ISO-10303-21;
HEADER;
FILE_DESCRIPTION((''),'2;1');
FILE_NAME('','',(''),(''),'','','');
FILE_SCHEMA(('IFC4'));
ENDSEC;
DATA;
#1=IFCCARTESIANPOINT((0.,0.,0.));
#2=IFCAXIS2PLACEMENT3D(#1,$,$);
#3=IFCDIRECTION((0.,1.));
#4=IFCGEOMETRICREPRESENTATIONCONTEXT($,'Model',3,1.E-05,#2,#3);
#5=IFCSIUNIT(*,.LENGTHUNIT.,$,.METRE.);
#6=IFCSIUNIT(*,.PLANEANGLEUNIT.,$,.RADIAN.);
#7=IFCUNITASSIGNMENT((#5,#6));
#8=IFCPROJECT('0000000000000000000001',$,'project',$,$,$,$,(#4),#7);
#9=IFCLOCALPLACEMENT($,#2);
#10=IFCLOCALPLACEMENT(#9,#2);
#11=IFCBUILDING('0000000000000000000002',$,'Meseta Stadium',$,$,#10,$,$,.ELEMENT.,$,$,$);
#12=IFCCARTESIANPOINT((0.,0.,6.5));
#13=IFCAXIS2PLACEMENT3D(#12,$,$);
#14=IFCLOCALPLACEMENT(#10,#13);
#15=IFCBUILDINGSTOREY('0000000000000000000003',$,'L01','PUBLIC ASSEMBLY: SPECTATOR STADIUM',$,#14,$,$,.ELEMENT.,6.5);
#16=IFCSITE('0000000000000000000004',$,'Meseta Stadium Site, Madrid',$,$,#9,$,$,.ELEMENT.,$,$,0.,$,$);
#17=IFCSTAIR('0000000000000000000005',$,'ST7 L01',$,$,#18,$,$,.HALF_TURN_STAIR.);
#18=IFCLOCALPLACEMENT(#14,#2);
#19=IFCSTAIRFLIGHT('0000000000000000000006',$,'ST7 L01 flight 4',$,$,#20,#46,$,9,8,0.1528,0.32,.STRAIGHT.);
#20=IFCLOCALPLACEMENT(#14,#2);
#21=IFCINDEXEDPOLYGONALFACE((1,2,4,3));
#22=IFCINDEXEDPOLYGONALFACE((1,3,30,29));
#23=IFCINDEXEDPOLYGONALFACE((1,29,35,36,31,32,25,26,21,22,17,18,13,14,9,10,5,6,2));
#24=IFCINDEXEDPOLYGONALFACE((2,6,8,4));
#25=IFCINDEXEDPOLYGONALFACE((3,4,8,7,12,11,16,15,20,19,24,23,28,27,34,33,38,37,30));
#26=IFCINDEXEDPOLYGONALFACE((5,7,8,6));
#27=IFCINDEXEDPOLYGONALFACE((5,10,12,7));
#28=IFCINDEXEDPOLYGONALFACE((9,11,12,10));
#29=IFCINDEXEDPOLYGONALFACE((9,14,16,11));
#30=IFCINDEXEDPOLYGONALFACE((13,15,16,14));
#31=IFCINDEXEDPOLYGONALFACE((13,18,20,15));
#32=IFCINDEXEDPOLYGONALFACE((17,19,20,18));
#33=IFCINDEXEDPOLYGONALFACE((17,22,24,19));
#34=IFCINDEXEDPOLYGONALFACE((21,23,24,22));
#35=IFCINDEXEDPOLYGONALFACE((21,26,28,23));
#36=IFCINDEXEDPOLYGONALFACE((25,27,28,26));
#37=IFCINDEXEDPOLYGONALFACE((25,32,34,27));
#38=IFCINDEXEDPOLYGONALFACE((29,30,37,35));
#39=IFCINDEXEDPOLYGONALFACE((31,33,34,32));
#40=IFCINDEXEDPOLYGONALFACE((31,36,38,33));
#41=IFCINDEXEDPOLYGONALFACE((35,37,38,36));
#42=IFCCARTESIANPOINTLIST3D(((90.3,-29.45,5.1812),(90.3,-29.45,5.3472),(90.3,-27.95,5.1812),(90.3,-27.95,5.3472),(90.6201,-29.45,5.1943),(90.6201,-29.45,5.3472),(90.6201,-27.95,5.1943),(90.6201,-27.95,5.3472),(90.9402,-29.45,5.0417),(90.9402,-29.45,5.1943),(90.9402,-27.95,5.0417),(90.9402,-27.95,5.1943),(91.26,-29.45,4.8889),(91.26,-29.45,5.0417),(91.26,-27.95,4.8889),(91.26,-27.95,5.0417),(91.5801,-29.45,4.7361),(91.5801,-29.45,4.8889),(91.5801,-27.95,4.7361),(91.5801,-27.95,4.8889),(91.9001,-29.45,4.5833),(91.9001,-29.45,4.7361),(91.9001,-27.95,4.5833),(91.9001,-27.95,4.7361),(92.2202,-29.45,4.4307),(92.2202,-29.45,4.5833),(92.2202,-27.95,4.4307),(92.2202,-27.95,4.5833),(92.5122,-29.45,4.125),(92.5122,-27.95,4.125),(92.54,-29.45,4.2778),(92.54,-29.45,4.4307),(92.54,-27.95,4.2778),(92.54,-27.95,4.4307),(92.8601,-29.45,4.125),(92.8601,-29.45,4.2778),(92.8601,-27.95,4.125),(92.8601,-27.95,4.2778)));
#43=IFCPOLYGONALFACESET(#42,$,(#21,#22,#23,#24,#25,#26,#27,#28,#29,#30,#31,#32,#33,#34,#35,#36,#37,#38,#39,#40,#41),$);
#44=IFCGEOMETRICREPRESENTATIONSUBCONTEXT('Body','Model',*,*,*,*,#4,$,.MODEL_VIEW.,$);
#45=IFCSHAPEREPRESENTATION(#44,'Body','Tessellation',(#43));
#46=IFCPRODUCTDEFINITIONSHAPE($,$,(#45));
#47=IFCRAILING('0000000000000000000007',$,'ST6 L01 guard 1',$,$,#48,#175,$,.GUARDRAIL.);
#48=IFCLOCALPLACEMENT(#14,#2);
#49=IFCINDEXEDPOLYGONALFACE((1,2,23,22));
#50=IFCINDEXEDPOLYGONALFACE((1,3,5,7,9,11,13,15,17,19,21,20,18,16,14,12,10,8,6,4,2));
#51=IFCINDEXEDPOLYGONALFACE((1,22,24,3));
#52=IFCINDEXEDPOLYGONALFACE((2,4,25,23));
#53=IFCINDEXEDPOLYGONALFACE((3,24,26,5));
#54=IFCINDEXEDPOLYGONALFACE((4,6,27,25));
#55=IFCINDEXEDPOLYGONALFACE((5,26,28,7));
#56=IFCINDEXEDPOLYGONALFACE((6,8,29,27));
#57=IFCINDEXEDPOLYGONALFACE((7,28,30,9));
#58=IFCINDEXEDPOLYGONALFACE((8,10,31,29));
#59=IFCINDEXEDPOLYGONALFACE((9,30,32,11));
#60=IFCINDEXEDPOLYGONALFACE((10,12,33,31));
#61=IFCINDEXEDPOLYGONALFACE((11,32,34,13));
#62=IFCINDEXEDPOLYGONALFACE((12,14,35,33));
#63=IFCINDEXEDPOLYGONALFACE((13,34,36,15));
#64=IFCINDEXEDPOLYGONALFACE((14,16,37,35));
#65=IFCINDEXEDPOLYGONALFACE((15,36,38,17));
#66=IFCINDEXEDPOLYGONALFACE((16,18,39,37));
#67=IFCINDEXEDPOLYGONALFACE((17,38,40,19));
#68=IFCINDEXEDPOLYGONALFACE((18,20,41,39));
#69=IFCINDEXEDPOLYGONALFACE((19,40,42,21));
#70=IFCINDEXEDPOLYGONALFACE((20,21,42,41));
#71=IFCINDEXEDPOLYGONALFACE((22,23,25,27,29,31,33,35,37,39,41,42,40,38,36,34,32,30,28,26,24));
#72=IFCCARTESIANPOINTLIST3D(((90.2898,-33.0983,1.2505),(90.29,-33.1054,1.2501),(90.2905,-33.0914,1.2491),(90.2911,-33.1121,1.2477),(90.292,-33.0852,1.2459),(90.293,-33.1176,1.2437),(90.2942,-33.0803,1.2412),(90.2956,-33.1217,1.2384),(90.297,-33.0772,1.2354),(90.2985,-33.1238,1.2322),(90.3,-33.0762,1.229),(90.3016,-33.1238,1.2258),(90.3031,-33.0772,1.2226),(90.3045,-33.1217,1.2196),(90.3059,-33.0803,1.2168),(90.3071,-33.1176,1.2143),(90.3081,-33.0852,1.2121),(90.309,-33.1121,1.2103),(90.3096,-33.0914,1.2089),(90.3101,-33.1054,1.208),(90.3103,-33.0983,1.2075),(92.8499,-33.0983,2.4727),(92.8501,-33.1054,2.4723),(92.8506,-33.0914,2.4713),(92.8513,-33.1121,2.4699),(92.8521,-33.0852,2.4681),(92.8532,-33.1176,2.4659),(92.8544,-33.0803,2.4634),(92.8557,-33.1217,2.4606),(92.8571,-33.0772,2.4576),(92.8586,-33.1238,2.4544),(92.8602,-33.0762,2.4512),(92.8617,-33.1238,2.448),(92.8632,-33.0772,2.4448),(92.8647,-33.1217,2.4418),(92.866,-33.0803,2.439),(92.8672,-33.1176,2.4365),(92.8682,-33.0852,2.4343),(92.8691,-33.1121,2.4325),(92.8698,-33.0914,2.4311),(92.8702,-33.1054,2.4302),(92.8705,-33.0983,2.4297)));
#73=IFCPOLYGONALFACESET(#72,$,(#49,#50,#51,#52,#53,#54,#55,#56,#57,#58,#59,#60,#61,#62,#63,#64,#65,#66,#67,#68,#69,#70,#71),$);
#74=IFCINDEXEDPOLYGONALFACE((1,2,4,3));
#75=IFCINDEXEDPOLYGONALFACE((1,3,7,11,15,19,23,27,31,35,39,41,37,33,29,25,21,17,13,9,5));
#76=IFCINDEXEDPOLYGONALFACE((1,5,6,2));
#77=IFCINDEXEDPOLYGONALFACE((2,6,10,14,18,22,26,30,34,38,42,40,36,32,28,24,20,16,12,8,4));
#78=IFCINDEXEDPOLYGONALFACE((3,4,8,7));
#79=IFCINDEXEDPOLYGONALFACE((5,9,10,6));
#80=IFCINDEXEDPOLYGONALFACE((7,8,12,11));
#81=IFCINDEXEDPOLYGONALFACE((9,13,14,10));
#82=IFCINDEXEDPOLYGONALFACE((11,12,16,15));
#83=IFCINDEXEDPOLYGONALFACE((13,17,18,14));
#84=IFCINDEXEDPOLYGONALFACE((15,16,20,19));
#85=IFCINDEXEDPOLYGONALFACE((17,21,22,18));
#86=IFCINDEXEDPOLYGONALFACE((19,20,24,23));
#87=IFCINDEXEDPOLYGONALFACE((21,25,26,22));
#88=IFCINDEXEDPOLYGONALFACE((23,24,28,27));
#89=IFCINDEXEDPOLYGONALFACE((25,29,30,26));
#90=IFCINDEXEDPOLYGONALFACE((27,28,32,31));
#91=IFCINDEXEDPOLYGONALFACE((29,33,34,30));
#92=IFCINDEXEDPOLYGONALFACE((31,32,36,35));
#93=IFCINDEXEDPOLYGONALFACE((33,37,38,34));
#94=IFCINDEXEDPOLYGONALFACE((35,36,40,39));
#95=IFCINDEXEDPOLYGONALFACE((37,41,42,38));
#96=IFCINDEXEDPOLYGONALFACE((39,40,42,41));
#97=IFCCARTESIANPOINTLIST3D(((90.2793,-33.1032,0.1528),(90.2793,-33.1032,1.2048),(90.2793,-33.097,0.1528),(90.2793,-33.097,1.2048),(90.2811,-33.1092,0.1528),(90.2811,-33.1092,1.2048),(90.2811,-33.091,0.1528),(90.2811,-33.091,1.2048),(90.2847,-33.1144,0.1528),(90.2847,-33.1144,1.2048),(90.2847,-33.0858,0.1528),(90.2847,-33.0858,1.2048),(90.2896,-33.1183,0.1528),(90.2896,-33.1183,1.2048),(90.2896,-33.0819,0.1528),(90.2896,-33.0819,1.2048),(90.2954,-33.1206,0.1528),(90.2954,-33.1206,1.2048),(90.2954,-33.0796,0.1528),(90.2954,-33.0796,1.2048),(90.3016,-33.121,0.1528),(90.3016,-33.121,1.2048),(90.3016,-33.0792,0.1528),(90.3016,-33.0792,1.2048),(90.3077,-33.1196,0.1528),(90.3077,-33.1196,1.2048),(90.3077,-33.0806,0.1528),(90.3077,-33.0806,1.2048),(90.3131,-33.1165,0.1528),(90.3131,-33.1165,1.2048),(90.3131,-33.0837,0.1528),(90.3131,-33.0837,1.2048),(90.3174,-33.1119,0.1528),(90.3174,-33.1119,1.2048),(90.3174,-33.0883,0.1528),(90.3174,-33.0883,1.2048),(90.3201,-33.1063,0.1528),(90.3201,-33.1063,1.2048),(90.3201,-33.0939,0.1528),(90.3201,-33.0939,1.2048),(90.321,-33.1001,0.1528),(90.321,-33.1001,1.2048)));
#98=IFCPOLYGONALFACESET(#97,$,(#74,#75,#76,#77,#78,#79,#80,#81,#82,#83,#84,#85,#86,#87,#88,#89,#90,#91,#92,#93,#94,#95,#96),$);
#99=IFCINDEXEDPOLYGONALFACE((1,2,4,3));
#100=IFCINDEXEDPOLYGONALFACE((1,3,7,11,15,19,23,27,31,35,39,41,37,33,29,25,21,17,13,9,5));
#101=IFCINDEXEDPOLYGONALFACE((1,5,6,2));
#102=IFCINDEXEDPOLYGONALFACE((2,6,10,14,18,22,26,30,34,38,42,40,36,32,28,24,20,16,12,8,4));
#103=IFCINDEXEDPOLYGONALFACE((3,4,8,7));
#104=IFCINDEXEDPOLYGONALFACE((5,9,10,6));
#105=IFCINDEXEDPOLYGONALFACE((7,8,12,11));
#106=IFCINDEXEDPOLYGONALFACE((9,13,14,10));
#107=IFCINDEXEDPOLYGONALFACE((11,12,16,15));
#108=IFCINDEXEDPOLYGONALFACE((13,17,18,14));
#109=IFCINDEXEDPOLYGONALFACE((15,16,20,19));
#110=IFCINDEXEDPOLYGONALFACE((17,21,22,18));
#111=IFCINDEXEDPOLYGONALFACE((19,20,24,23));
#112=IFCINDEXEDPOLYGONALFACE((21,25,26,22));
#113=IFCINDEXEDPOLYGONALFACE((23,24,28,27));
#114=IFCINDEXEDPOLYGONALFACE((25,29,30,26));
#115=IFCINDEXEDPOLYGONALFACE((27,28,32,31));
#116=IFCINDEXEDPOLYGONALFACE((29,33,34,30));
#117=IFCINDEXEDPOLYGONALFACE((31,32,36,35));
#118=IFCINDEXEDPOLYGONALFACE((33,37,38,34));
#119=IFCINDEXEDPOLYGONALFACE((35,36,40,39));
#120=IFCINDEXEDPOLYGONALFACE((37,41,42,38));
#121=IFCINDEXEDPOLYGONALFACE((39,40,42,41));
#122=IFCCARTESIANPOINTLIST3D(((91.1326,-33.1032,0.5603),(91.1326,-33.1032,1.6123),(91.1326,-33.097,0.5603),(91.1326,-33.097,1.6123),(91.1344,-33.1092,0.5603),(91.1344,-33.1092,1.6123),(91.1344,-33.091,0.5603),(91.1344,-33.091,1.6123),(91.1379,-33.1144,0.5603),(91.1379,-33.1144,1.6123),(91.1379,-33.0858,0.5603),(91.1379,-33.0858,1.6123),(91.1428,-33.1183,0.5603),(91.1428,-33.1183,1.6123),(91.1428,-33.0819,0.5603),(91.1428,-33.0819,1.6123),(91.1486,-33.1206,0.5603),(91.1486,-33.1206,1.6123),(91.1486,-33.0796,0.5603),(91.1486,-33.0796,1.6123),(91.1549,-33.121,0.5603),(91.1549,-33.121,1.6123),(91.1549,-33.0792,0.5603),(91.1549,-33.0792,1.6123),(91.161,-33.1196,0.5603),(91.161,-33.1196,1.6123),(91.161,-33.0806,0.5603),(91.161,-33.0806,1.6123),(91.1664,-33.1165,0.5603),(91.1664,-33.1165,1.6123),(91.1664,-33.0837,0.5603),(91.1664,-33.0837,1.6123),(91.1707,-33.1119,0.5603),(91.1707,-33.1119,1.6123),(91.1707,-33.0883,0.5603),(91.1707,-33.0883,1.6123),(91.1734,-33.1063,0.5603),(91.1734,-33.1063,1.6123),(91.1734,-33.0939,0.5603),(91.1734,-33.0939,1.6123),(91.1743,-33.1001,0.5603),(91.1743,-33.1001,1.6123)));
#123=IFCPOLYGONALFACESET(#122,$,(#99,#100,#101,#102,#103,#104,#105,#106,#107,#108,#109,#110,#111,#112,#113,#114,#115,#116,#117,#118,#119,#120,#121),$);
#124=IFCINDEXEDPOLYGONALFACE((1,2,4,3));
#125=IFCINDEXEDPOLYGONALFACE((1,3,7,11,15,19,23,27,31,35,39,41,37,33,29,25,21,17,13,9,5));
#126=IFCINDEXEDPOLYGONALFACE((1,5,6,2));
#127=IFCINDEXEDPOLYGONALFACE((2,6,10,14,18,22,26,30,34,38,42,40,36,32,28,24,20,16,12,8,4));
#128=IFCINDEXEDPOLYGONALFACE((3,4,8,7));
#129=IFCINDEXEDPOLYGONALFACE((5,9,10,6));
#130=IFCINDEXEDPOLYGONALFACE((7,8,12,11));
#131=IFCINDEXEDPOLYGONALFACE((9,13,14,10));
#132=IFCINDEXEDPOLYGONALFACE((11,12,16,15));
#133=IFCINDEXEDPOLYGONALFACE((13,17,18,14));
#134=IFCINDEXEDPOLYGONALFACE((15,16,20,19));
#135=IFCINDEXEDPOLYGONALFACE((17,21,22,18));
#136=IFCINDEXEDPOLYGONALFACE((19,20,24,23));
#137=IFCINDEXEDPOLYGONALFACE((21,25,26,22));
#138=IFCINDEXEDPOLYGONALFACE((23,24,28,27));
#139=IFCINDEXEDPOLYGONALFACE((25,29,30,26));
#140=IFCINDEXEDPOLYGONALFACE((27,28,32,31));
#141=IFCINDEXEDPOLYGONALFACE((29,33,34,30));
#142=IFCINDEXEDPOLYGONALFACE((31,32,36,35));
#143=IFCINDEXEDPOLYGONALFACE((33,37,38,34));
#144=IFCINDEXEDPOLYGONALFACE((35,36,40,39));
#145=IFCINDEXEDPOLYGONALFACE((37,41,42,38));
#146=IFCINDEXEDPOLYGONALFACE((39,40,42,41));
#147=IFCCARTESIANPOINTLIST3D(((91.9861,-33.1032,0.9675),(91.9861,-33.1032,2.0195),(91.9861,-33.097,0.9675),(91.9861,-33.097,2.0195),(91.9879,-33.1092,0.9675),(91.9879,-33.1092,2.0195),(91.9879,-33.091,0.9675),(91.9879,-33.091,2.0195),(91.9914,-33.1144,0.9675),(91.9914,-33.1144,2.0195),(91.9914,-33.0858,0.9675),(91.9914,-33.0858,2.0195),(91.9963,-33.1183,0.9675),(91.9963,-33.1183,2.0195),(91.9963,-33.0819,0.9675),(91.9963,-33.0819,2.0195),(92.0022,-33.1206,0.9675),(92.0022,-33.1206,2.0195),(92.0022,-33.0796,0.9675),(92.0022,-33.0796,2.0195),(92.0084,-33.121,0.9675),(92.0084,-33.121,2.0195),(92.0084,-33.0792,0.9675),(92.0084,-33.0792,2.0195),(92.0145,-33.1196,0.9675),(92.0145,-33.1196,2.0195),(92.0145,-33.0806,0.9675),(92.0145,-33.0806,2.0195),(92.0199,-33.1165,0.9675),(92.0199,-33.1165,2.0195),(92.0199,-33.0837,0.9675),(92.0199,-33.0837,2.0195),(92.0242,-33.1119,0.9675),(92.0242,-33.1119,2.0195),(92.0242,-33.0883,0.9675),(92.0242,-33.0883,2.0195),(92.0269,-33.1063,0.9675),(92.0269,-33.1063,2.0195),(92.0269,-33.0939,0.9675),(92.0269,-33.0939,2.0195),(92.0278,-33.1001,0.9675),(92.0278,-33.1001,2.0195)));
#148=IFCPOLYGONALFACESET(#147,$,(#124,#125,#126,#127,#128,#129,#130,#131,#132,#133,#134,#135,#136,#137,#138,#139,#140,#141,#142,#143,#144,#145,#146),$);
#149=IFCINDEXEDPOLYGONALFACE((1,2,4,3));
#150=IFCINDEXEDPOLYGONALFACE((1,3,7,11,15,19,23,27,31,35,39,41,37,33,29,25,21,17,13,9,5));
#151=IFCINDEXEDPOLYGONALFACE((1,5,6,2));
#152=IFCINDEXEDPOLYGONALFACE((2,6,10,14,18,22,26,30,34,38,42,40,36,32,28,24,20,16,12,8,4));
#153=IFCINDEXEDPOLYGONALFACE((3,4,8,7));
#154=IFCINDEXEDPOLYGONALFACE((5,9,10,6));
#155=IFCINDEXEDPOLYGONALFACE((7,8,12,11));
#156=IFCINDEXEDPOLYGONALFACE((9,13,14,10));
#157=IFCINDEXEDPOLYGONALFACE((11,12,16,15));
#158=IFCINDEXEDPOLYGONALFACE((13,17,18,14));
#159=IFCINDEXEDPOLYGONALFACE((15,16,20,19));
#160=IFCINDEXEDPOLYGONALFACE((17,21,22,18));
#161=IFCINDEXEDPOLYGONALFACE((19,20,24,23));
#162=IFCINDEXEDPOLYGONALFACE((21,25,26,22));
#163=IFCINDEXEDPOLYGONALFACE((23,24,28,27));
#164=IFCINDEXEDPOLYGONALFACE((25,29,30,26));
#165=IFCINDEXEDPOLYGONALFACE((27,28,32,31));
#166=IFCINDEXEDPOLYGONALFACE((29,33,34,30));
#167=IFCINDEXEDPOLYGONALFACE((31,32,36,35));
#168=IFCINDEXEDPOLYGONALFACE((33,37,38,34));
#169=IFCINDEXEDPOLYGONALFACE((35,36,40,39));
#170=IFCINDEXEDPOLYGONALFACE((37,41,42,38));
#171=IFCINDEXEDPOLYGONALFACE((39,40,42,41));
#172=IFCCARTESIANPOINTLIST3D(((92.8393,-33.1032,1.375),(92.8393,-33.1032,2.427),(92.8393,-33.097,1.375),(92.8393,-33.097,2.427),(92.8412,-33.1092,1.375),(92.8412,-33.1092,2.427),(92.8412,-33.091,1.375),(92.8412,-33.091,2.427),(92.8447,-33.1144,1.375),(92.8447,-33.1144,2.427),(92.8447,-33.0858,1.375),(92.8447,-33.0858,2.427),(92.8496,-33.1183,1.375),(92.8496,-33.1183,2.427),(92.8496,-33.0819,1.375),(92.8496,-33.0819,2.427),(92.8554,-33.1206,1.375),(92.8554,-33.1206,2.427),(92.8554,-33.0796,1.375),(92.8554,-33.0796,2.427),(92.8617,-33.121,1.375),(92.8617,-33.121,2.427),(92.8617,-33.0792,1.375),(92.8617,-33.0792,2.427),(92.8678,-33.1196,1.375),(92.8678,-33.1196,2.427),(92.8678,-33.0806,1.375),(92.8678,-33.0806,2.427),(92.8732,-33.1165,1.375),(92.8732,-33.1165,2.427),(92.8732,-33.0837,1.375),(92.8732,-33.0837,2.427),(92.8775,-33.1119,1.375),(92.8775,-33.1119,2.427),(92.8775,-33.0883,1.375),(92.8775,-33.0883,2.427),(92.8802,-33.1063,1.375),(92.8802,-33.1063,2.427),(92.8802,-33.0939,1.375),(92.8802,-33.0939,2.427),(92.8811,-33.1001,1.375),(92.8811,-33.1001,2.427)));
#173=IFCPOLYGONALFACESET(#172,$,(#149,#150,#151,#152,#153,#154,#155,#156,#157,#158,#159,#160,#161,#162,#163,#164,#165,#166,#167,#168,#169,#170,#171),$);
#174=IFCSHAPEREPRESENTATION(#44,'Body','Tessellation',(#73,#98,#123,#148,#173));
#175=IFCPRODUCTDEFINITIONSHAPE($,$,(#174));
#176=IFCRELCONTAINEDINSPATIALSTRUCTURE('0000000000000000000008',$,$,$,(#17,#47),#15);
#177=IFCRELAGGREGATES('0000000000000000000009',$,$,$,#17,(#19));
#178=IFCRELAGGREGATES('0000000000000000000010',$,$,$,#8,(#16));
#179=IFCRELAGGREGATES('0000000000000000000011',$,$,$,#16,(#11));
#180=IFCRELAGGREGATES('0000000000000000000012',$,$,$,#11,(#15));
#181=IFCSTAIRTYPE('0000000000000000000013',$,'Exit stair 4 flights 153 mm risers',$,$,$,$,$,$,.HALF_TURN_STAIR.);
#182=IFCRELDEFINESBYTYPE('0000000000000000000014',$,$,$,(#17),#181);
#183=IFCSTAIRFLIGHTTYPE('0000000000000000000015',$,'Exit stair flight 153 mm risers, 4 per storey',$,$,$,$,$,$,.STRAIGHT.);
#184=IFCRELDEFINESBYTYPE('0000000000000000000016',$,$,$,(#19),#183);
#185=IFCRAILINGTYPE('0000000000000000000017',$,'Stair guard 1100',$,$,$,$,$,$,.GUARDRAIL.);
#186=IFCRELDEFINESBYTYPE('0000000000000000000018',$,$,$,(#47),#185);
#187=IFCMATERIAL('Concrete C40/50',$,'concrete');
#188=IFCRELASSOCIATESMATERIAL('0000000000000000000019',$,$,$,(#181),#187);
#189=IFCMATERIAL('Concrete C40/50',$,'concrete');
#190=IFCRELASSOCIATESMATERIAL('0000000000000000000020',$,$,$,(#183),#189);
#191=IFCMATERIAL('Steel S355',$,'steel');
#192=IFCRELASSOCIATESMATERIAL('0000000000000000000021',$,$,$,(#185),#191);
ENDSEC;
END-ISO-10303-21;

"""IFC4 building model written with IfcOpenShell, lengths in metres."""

from ifc_helpers import new_model, si_unit, direction, frame, origin, origin_2d, place, context, subcontext, project, spatial, polyline, circle, outline, extrude, material, type_object, element, aggregate, save


model = new_model("IFC4")

# Units and contexts
model_context = context("Model", 3, precision=1e-05, world=origin(), true_north=direction((0.0, 1.0)))
body_context = subcontext(model_context, "Body", "Model", "MODEL_VIEW")
ifc_project = project(units=[si_unit("LENGTHUNIT", "METRE"), si_unit("PLANEANGLEUNIT", "RADIAN")], contexts=[model_context])

# Site, building, storey
site_placement = place(None, origin())
site = spatial("IfcSite", under=ifc_project, at=site_placement, Name="Meseta Stadium Site, Madrid", CompositionType="ELEMENT", RefElevation=0.0)
building_placement = place(site_placement, origin())
building = spatial("IfcBuilding", under=site, at=building_placement, Name="Meseta Stadium", CompositionType="ELEMENT")
storey_placement = place(building_placement, frame((0.0, 0.0, 6.5)))
storey = spatial("IfcBuildingStorey", under=building, at=storey_placement, Name="L01", Description="PUBLIC ASSEMBLY: SPECTATOR STADIUM", CompositionType="ELEMENT", Elevation=6.5)

# Stair, stair flight
ifc_material_1 = material(Name="Concrete C40/50", Category="concrete")
stair_type = type_object("IfcStairType", Name="Exit stair 4 flights 153 mm risers", PredefinedType="HALF_TURN_STAIR", material=ifc_material_1)
ifc_material_2 = material(Name="Concrete C40/50", Category="concrete")
stair_flight_type = type_object("IfcStairFlightType", Name="Exit stair flight 153 mm risers, 4 per storey", PredefinedType="STRAIGHT", material=ifc_material_2)
stair_1_placement = place(storey_placement, origin())
stair_1 = element("IfcStair", 1, at=stair_1_placement, inside=storey, type_object=stair_type, Name="ST7 L01", PredefinedType="HALF_TURN_STAIR")
stair_flight_1_placement = place(storey_placement, frame((92.8601, -28.7, 4.125), z_axis=(0.0, 0.0, 1.0), x_axis=(-1.0, 0.0, 0.0)))
stair_flight_1 = element("IfcStairFlight", 2, at=stair_flight_1_placement, type_object=stair_flight_type, Name="ST7 L01 flight 4", NumberOfRisers=9, NumberOfTreads=8, PredefinedType="STRAIGHT", RiserHeight=0.1528, TreadLength=0.32, context=body_context, shape_type="SweptSolid", body=[
    extrude(outline(polyline([(0.0, 0.0), (0.0, 0.1528), (0.3201, 0.1528), (0.3201, 0.3057), (0.6399, 0.3057), (0.6399, 0.4583), (0.96, 0.4583), (0.96, 0.6111), (1.28, 0.6111), (1.28, 0.7639), (1.6001, 0.7639), (1.6001, 0.9167), (1.9199, 0.9167), (1.9199, 1.0693), (2.24, 1.0693), (2.24, 1.2222), (2.5601, 1.2222), (2.5601, 1.0562), (0.3479, 0.0), (0.0, 0.0)])), frame((0.0, 0.75, 0.0), z_axis=(0.0, -1.0, 0.0), x_axis=(1.0, 0.0, 0.0)), (0.0, 0.0, 1.0), 1.5),
])
aggregate(stair_1, [stair_flight_1])

# Railing
ifc_material_3 = material(Name="Steel S355", Category="steel")
railing_type_1 = type_object("IfcRailingType", Name="Stair guard 1100", PredefinedType="GUARDRAIL", material=ifc_material_3)
railing_1_placement = place(storey_placement, frame((90.3, -33.1001, 0.1528)))
element("IfcRailing", 3, at=railing_1_placement, inside=storey, type_object=railing_type_1, Name="ST6 L01 guard 1", PredefinedType="GUARDRAIL", context=body_context, shape_type="SweptSolid", body=[
    extrude(circle(Radius=0.0239, at=origin_2d()), frame((0.0, 0.0, 1.0762), z_axis=(0.902437, 0.0, 0.430822), x_axis=(0.0, 1.0, 0.0)), (0.0, 0.0, 1.0), 2.8369),
    extrude(circle(Radius=0.021, at=origin_2d()), origin(), (0.0, 0.0, 1.0), 1.052),
    extrude(circle(Radius=0.021, at=origin_2d()), frame((0.8533, 0.0, 0.4075)), (0.0, 0.0, 1.0), 1.052),
    extrude(circle(Radius=0.021, at=origin_2d()), frame((1.7068, 0.0, 0.8147)), (0.0, 0.0, 1.0), 1.052),
    extrude(circle(Radius=0.021, at=origin_2d()), frame((2.5601, 0.0, 1.2222)), (0.0, 0.0, 1.0), 1.052),
])

save(model, "model.ifc")
